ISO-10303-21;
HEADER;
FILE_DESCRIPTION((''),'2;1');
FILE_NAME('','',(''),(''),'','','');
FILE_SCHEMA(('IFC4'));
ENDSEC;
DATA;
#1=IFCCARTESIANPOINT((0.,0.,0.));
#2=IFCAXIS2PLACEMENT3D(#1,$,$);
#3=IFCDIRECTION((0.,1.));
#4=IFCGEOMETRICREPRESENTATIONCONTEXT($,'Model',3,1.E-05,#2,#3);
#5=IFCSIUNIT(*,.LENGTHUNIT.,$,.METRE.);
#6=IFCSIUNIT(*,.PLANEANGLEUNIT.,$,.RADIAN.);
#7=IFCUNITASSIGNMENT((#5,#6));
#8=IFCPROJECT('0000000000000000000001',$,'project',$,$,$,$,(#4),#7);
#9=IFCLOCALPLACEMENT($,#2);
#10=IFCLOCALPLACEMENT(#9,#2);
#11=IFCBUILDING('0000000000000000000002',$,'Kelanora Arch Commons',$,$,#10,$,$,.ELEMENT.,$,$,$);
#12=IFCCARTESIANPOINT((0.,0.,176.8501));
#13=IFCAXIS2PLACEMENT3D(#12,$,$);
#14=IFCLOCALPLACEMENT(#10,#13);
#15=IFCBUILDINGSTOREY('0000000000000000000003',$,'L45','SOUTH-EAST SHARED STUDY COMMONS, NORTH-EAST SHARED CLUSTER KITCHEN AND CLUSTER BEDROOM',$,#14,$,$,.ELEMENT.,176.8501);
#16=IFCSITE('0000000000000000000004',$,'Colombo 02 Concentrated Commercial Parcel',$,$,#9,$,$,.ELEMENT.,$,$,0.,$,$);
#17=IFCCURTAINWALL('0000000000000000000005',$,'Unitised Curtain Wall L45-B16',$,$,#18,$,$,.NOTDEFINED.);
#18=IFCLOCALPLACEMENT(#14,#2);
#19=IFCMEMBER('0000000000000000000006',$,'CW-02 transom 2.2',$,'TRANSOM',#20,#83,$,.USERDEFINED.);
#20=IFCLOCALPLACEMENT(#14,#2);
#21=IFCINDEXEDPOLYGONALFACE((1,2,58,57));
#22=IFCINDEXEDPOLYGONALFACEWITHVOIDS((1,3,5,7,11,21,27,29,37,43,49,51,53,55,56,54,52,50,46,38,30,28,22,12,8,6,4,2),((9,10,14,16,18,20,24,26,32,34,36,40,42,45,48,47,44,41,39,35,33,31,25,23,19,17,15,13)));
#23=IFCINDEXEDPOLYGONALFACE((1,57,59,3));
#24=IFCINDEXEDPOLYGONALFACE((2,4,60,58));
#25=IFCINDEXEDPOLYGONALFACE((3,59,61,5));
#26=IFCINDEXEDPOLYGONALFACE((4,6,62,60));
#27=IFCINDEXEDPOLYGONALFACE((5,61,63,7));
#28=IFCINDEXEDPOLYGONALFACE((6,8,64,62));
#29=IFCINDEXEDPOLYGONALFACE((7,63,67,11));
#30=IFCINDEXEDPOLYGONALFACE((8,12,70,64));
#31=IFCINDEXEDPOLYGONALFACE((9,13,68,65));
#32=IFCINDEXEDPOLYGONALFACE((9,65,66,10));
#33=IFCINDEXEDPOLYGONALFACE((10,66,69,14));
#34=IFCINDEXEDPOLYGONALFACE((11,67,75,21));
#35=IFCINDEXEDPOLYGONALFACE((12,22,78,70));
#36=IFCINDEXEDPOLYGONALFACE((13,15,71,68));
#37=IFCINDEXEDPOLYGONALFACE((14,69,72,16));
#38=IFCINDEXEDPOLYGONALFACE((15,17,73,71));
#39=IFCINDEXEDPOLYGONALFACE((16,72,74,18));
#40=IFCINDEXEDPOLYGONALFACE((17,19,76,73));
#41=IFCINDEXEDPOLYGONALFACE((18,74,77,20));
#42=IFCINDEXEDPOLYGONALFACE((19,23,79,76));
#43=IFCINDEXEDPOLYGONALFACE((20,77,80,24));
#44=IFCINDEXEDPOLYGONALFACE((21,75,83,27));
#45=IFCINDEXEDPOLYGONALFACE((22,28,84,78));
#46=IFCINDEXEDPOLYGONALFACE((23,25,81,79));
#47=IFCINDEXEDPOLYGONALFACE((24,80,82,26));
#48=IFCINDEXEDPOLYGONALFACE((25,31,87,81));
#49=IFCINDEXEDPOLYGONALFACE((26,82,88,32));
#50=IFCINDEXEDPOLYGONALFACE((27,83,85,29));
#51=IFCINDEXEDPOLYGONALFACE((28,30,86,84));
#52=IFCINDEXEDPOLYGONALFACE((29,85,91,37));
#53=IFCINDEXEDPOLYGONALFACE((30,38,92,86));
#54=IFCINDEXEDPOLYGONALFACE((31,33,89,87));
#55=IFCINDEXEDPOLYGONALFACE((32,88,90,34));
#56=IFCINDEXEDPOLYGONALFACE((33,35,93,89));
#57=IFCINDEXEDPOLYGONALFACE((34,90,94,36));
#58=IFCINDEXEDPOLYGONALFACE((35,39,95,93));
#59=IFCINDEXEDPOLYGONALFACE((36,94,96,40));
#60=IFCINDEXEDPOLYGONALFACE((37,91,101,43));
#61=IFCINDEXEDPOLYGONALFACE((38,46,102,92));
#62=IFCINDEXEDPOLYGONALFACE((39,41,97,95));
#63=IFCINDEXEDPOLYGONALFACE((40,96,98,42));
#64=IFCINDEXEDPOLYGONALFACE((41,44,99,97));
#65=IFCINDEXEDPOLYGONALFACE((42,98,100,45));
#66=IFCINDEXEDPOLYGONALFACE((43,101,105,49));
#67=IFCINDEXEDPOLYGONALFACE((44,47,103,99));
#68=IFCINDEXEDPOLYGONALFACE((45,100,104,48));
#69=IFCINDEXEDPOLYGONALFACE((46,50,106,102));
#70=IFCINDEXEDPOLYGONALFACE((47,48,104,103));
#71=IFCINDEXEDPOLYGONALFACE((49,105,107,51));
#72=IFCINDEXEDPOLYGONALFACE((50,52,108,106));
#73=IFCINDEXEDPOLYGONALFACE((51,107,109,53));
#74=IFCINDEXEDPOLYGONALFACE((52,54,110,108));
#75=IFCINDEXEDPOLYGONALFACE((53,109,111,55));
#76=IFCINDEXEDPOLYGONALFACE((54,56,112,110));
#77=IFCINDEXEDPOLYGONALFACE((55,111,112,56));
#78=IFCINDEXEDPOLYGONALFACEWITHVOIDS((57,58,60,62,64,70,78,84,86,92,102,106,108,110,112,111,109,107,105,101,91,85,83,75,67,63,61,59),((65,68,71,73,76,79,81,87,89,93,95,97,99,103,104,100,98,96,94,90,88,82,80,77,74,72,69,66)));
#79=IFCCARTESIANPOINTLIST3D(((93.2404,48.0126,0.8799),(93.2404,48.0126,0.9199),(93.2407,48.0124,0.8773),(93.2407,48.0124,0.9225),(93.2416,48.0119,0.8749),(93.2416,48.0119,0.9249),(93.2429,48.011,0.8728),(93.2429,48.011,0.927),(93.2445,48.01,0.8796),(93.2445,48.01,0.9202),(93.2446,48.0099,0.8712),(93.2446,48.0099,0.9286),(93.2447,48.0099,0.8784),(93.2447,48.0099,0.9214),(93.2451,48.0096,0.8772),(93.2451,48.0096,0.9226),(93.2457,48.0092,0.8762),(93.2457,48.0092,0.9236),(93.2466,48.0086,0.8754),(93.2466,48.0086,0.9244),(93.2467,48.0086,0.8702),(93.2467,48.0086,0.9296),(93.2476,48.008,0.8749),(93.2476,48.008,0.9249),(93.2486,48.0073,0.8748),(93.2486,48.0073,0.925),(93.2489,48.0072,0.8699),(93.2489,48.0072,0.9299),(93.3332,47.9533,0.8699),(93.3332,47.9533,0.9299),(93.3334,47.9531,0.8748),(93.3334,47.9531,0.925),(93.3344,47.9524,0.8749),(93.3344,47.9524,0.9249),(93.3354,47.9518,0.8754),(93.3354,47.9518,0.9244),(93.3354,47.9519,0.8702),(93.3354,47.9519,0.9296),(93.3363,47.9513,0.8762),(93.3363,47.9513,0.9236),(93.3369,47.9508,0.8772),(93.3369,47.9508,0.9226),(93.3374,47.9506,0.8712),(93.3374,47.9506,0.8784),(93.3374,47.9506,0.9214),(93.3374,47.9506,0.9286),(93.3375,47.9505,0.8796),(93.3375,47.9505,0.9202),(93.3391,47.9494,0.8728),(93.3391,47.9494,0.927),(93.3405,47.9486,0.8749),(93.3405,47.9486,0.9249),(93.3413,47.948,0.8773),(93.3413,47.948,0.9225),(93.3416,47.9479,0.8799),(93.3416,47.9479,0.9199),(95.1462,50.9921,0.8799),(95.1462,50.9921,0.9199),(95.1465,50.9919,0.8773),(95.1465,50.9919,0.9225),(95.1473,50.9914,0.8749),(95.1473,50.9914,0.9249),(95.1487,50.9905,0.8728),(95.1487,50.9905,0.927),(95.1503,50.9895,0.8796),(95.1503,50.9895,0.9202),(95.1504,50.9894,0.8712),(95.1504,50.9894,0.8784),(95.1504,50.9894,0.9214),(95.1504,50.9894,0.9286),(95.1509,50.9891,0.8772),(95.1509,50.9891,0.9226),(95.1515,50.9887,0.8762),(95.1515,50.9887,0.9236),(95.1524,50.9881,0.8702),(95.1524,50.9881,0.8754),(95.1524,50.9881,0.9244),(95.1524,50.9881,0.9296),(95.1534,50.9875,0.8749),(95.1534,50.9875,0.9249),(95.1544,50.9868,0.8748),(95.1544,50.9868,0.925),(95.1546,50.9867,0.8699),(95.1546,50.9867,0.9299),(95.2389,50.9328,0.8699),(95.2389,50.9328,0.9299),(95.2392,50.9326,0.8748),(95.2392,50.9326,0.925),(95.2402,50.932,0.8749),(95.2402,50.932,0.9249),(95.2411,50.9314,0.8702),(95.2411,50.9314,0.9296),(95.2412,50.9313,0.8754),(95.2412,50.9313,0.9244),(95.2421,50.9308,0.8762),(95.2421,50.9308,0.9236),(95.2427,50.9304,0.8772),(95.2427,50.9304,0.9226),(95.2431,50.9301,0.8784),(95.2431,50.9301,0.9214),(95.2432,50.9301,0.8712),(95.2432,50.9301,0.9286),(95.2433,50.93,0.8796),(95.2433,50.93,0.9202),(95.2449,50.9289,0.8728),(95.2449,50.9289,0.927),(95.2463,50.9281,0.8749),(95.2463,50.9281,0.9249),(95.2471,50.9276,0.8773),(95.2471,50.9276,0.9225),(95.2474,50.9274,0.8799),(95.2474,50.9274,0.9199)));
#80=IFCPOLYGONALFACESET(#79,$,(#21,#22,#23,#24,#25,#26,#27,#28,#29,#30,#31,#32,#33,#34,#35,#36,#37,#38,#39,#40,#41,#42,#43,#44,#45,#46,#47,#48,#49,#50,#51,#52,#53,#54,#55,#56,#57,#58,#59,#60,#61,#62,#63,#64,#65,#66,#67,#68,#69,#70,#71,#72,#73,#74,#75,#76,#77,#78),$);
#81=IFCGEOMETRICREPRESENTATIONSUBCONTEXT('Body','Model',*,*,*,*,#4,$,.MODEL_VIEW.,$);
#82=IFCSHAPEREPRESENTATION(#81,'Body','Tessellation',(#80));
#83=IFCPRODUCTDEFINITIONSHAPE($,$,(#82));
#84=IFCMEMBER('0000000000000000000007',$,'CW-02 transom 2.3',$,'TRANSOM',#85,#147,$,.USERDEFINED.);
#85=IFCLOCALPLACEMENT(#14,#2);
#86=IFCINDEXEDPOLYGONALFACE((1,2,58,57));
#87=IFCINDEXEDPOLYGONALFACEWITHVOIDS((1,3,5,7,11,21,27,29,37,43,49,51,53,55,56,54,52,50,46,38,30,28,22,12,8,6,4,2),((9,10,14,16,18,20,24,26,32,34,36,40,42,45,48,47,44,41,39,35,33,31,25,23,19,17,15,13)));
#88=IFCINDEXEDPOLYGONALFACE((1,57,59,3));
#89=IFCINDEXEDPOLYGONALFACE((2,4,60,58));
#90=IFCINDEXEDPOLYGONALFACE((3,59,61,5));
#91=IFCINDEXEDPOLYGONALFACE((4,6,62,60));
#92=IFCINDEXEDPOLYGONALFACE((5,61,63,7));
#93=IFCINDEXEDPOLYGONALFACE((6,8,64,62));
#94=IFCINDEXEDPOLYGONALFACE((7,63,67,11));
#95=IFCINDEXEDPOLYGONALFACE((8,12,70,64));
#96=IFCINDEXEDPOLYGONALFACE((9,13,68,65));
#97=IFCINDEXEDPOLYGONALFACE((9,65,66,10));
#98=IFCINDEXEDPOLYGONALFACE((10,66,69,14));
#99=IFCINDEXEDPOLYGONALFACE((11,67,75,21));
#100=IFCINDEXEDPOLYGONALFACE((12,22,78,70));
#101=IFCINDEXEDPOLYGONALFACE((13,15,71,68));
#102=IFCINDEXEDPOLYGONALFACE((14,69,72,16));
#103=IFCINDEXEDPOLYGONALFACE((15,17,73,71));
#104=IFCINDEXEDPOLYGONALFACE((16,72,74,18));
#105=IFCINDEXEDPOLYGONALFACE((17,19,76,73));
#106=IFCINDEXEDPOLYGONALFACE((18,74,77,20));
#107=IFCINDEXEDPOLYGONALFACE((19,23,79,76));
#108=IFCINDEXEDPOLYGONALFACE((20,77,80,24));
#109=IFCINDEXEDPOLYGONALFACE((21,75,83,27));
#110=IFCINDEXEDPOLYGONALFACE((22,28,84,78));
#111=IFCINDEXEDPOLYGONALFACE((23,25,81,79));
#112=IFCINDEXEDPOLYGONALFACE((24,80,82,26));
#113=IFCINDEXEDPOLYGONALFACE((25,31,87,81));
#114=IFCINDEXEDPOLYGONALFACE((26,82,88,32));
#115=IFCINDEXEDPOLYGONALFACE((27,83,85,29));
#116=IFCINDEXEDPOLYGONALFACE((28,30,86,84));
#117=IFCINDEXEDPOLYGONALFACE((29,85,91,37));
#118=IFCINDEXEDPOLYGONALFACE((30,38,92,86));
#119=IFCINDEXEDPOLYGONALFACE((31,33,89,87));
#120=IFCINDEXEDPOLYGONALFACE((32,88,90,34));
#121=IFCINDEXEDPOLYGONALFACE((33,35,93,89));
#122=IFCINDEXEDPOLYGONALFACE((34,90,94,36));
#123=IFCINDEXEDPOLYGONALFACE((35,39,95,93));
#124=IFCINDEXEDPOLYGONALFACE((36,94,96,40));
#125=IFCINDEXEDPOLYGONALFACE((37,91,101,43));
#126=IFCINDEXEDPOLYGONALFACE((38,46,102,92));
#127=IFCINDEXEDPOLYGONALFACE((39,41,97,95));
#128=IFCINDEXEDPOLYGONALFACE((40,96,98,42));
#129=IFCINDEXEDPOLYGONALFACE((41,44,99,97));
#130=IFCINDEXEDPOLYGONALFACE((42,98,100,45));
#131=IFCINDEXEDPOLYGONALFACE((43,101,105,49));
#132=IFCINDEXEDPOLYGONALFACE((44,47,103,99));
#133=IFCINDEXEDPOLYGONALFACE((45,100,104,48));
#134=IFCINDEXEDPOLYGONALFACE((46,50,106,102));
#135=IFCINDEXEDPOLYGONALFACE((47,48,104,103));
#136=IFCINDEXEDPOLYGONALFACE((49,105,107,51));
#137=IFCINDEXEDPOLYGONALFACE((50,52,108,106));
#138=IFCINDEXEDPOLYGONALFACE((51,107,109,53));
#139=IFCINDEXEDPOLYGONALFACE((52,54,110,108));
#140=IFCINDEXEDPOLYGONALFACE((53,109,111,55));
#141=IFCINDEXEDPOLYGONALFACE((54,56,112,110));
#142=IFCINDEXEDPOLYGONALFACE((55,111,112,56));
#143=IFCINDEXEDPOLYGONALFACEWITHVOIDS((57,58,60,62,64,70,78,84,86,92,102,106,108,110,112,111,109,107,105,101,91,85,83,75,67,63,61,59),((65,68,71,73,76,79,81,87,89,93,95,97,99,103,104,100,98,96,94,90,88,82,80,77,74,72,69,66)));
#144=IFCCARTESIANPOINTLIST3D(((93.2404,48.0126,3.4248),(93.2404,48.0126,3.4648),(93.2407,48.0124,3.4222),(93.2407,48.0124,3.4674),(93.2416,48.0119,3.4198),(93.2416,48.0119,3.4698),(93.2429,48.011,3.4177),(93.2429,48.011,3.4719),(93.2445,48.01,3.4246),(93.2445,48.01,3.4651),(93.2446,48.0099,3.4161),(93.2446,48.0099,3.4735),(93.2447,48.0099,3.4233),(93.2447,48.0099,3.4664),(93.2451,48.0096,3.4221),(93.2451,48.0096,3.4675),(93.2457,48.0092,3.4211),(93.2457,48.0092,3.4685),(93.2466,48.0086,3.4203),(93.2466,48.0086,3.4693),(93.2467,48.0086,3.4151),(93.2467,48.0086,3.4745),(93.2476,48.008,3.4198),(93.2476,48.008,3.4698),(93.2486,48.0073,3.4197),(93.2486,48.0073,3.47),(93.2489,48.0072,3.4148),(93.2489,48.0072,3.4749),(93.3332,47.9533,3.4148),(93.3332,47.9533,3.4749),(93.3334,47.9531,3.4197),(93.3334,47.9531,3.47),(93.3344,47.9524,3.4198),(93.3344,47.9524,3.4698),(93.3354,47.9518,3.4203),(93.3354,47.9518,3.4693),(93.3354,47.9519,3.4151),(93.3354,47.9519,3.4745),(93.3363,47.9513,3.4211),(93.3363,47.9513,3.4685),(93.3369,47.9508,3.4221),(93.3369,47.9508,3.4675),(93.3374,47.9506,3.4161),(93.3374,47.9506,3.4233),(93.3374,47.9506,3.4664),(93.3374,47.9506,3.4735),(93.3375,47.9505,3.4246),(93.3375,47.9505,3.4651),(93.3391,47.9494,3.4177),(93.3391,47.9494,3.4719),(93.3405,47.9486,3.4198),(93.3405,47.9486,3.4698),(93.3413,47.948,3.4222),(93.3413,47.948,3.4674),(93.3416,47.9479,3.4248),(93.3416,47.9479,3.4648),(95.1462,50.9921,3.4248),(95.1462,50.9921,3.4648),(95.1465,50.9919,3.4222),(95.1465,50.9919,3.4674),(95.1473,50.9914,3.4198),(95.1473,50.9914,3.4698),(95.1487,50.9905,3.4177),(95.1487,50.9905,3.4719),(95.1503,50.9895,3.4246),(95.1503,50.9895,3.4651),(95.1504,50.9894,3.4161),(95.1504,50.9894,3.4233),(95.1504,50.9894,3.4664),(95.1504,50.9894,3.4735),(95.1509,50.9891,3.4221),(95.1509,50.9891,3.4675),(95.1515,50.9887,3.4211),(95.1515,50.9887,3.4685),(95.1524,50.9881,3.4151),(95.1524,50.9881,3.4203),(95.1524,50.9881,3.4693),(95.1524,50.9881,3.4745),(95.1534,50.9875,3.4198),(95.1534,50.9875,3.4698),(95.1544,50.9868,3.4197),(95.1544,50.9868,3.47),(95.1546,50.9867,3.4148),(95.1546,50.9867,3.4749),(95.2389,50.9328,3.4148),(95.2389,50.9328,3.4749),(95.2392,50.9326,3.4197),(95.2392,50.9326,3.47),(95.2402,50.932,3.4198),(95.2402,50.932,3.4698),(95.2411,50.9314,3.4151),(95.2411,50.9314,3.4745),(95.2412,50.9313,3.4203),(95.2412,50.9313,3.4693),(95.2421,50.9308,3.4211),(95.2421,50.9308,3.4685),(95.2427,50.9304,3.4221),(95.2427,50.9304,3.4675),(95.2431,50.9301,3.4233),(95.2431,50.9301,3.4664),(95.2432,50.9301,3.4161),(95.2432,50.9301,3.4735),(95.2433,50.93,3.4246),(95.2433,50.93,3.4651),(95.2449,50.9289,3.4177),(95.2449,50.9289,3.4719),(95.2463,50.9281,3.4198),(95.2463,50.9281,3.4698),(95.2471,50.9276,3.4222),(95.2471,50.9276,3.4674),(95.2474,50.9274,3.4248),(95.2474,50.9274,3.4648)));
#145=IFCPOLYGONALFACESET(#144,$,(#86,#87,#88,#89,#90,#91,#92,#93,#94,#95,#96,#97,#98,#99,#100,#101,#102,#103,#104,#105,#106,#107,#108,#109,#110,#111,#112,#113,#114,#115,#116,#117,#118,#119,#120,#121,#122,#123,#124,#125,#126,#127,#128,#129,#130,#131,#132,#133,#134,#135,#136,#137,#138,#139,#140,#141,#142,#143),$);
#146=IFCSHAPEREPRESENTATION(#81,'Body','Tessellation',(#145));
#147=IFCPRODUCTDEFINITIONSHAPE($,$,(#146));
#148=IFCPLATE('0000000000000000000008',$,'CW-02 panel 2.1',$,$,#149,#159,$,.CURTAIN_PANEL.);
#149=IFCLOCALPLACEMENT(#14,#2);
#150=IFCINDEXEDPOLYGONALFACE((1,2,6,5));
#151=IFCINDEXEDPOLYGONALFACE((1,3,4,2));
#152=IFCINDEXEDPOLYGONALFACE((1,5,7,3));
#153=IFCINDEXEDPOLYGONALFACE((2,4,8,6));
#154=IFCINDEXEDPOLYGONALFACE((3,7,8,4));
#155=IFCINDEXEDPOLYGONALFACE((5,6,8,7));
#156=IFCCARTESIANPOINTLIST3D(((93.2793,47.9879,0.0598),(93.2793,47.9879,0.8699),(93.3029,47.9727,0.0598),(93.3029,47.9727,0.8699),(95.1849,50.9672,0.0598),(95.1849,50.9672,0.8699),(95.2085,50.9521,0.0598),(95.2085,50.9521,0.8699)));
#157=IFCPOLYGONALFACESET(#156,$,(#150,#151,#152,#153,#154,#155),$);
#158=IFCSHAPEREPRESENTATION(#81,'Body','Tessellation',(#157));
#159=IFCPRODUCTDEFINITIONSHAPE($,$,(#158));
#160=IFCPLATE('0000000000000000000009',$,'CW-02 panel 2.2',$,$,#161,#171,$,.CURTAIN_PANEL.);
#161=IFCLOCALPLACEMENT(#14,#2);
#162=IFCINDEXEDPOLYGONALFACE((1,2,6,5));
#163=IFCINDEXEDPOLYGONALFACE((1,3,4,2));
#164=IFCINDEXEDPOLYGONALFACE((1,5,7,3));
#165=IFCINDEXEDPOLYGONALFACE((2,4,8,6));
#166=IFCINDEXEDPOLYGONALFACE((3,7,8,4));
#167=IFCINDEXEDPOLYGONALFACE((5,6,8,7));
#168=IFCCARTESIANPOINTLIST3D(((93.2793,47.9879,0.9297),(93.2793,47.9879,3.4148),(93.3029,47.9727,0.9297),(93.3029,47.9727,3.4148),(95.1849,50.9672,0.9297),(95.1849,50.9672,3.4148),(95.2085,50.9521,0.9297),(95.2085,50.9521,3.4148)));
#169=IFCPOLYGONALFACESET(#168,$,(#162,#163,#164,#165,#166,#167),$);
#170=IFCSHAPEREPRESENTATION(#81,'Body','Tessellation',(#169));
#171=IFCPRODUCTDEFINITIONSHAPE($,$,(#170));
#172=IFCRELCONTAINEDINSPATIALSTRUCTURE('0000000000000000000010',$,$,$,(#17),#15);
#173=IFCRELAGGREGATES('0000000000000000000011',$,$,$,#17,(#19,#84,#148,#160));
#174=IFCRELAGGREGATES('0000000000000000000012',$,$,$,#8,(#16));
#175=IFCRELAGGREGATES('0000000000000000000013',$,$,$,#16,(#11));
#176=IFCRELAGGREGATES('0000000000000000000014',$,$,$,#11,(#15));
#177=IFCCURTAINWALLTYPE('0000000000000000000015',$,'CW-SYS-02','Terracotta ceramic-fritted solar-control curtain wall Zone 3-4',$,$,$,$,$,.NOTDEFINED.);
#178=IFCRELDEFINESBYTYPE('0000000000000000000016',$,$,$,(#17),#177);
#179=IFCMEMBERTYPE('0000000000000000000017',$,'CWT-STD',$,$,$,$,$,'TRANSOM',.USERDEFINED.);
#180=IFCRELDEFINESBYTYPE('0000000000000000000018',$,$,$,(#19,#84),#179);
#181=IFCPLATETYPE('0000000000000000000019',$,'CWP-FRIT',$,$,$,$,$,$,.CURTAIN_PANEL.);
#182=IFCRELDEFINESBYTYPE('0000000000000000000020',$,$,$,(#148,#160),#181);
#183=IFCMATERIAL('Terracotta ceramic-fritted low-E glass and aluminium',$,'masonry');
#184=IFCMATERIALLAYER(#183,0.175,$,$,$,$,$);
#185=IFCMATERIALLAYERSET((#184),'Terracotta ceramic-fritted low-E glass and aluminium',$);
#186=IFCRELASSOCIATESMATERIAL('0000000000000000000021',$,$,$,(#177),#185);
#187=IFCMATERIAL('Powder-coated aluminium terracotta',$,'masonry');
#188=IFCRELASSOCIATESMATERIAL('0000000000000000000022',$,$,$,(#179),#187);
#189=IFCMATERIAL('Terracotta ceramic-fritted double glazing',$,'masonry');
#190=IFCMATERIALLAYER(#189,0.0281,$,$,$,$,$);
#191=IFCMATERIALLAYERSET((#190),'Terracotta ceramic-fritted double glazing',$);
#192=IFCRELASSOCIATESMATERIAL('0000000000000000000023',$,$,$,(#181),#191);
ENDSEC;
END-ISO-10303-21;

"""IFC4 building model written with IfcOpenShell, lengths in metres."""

from ifc_helpers import new_model, si_unit, direction, frame, origin, origin_2d, place, context, subcontext, project, spatial, rectangle, hollow_rectangle, extrude, source, transform, mapped, material, layer, layer_set, material_profile, profile_set, type_object, element, aggregate, save


model = new_model("IFC4")

# Units and contexts
model_context = context("Model", 3, precision=1e-05, world=origin(), true_north=direction((0.0, 1.0)))
body_context = subcontext(model_context, "Body", "Model", "MODEL_VIEW")
ifc_project = project(units=[si_unit("LENGTHUNIT", "METRE"), si_unit("PLANEANGLEUNIT", "RADIAN")], contexts=[model_context])

# Site, building, storey
site_placement = place(None, origin())
site = spatial("IfcSite", under=ifc_project, at=site_placement, Name="Colombo 02 Concentrated Commercial Parcel", CompositionType="ELEMENT", RefElevation=0.0)
building_placement = place(site_placement, origin())
building = spatial("IfcBuilding", under=site, at=building_placement, Name="Kelanora Arch Commons", CompositionType="ELEMENT")
storey_placement = place(building_placement, frame((0.0, 0.0, 176.8501)))
storey = spatial("IfcBuildingStorey", under=building, at=storey_placement, Name="L45", Description="SOUTH-EAST SHARED STUDY COMMONS, NORTH-EAST SHARED CLUSTER KITCHEN AND CLUSTER BEDROOM", CompositionType="ELEMENT", Elevation=176.8501)

# Curtain wall, members, plates
ifc_material_1 = material(Name="Terracotta ceramic-fritted low-E glass and aluminium", Category="masonry")
ifc_layer_1 = layer(ifc_material_1, 0.175)
ifc_layer_set_1 = layer_set([ifc_layer_1], Name="Terracotta ceramic-fritted low-E glass and aluminium")
curtain_wall_type = type_object("IfcCurtainWallType", Name="CW-SYS-02", Description="Terracotta ceramic-fritted solar-control curtain wall Zone 3-4", PredefinedType="NOTDEFINED", material=ifc_layer_set_1)
curtain_wall_placement = place(storey_placement, origin())
curtain_wall = element("IfcCurtainWall", 1, at=curtain_wall_placement, inside=storey, type_object=curtain_wall_type, Name="Unitised Curtain Wall L45-B16", PredefinedType="NOTDEFINED")
ifc_material_2 = material(Name="Powder-coated aluminium terracotta", Category="masonry")
ifc_material_profile_1 = material_profile(ifc_material_2, hollow_rectangle(XDim=0.1201, YDim=0.0601, WallThickness=0.0049, InnerFilletRadius=0.0049, OuterFilletRadius=0.01, at=origin_2d()), Name="CWT120x60")
ifc_profile_set_1 = profile_set([ifc_material_profile_1], Name="Powder-coated aluminium terracotta")
member_type_1 = type_object("IfcMemberType", Name="CWT-STD", ElementType="TRANSOM", PredefinedType="USERDEFINED", material=ifc_profile_set_1)
member_1_placement = place(storey_placement, frame((93.291, 47.9802, 0.8999), z_axis=(0.53883, 0.842414, 0.0), x_axis=(-0.842414, 0.53883, 0.0)))
member_1 = element("IfcMember", 2, at=member_1_placement, type_object=member_type_1, Name="CW-02 transom 2.2", ObjectType="TRANSOM", PredefinedType="USERDEFINED", context=body_context, shape_type="SweptSolid", body=[
    extrude(hollow_rectangle(XDim=0.1201, YDim=0.0601, WallThickness=0.0049, InnerFilletRadius=0.0049, OuterFilletRadius=0.01, at=origin_2d()), origin(), (0.0, 0.0, 1.0), 3.5369),
])
member_2_placement = place(storey_placement, frame((93.291, 47.9802, 3.4448), z_axis=(0.53883, 0.842414, 0.0), x_axis=(-0.842414, 0.53883, 0.0)))
member_2 = element("IfcMember", 3, at=member_2_placement, type_object=member_type_1, Name="CW-02 transom 2.3", ObjectType="TRANSOM", PredefinedType="USERDEFINED", context=body_context, shape_type="SweptSolid", body=[
    extrude(hollow_rectangle(XDim=0.1201, YDim=0.0601, WallThickness=0.0049, InnerFilletRadius=0.0049, OuterFilletRadius=0.01, at=origin_2d()), origin(), (0.0, 0.0, 1.0), 3.5369),
])
ifc_material_3 = material(Name="Terracotta ceramic-fritted double glazing", Category="masonry")
ifc_layer_2 = layer(ifc_material_3, 0.0281)
ifc_layer_set_2 = layer_set([ifc_layer_2], Name="Terracotta ceramic-fritted double glazing")
plate_type = type_object("IfcPlateType", Name="CWP-FRIT", PredefinedType="CURTAIN_PANEL", material=ifc_layer_set_2)
shared_shape_1 = source(origin(), body_context, "Body", "SweptSolid", [
    extrude(rectangle(XDim=3.5366, YDim=0.0281, at=origin_2d()), origin(), (0.0, 0.0, 1.0), 0.8101),
])
plate_1_placement = place(storey_placement, frame((94.2439, 49.47, 0.0598), z_axis=(0.0, 0.0, 1.0), x_axis=(0.538817, 0.842423, 0.0)))
plate_1 = element("IfcPlate", 4, at=plate_1_placement, type_object=plate_type, Name="CW-02 panel 2.1", PredefinedType="CURTAIN_PANEL", context=body_context, shape_type="MappedRepresentation", body=[
    mapped(shared_shape_1, transform((0.0, 0.0, 0.0), scale=1.0)),
])
shared_shape_2 = source(origin(), body_context, "Body", "SweptSolid", [
    extrude(rectangle(XDim=3.5366, YDim=0.0281, at=origin_2d()), origin(), (0.0, 0.0, 1.0), 2.4851),
])
plate_2_placement = place(storey_placement, frame((94.2439, 49.47, 0.9297), z_axis=(0.0, 0.0, 1.0), x_axis=(0.538817, 0.842423, 0.0)))
plate_2 = element("IfcPlate", 5, at=plate_2_placement, type_object=plate_type, Name="CW-02 panel 2.2", PredefinedType="CURTAIN_PANEL", context=body_context, shape_type="MappedRepresentation", body=[
    mapped(shared_shape_2, transform((0.0, 0.0, 0.0), scale=1.0)),
])
aggregate(curtain_wall, [member_1, member_2, plate_1, plate_2])

save(model, "model.ifc")
